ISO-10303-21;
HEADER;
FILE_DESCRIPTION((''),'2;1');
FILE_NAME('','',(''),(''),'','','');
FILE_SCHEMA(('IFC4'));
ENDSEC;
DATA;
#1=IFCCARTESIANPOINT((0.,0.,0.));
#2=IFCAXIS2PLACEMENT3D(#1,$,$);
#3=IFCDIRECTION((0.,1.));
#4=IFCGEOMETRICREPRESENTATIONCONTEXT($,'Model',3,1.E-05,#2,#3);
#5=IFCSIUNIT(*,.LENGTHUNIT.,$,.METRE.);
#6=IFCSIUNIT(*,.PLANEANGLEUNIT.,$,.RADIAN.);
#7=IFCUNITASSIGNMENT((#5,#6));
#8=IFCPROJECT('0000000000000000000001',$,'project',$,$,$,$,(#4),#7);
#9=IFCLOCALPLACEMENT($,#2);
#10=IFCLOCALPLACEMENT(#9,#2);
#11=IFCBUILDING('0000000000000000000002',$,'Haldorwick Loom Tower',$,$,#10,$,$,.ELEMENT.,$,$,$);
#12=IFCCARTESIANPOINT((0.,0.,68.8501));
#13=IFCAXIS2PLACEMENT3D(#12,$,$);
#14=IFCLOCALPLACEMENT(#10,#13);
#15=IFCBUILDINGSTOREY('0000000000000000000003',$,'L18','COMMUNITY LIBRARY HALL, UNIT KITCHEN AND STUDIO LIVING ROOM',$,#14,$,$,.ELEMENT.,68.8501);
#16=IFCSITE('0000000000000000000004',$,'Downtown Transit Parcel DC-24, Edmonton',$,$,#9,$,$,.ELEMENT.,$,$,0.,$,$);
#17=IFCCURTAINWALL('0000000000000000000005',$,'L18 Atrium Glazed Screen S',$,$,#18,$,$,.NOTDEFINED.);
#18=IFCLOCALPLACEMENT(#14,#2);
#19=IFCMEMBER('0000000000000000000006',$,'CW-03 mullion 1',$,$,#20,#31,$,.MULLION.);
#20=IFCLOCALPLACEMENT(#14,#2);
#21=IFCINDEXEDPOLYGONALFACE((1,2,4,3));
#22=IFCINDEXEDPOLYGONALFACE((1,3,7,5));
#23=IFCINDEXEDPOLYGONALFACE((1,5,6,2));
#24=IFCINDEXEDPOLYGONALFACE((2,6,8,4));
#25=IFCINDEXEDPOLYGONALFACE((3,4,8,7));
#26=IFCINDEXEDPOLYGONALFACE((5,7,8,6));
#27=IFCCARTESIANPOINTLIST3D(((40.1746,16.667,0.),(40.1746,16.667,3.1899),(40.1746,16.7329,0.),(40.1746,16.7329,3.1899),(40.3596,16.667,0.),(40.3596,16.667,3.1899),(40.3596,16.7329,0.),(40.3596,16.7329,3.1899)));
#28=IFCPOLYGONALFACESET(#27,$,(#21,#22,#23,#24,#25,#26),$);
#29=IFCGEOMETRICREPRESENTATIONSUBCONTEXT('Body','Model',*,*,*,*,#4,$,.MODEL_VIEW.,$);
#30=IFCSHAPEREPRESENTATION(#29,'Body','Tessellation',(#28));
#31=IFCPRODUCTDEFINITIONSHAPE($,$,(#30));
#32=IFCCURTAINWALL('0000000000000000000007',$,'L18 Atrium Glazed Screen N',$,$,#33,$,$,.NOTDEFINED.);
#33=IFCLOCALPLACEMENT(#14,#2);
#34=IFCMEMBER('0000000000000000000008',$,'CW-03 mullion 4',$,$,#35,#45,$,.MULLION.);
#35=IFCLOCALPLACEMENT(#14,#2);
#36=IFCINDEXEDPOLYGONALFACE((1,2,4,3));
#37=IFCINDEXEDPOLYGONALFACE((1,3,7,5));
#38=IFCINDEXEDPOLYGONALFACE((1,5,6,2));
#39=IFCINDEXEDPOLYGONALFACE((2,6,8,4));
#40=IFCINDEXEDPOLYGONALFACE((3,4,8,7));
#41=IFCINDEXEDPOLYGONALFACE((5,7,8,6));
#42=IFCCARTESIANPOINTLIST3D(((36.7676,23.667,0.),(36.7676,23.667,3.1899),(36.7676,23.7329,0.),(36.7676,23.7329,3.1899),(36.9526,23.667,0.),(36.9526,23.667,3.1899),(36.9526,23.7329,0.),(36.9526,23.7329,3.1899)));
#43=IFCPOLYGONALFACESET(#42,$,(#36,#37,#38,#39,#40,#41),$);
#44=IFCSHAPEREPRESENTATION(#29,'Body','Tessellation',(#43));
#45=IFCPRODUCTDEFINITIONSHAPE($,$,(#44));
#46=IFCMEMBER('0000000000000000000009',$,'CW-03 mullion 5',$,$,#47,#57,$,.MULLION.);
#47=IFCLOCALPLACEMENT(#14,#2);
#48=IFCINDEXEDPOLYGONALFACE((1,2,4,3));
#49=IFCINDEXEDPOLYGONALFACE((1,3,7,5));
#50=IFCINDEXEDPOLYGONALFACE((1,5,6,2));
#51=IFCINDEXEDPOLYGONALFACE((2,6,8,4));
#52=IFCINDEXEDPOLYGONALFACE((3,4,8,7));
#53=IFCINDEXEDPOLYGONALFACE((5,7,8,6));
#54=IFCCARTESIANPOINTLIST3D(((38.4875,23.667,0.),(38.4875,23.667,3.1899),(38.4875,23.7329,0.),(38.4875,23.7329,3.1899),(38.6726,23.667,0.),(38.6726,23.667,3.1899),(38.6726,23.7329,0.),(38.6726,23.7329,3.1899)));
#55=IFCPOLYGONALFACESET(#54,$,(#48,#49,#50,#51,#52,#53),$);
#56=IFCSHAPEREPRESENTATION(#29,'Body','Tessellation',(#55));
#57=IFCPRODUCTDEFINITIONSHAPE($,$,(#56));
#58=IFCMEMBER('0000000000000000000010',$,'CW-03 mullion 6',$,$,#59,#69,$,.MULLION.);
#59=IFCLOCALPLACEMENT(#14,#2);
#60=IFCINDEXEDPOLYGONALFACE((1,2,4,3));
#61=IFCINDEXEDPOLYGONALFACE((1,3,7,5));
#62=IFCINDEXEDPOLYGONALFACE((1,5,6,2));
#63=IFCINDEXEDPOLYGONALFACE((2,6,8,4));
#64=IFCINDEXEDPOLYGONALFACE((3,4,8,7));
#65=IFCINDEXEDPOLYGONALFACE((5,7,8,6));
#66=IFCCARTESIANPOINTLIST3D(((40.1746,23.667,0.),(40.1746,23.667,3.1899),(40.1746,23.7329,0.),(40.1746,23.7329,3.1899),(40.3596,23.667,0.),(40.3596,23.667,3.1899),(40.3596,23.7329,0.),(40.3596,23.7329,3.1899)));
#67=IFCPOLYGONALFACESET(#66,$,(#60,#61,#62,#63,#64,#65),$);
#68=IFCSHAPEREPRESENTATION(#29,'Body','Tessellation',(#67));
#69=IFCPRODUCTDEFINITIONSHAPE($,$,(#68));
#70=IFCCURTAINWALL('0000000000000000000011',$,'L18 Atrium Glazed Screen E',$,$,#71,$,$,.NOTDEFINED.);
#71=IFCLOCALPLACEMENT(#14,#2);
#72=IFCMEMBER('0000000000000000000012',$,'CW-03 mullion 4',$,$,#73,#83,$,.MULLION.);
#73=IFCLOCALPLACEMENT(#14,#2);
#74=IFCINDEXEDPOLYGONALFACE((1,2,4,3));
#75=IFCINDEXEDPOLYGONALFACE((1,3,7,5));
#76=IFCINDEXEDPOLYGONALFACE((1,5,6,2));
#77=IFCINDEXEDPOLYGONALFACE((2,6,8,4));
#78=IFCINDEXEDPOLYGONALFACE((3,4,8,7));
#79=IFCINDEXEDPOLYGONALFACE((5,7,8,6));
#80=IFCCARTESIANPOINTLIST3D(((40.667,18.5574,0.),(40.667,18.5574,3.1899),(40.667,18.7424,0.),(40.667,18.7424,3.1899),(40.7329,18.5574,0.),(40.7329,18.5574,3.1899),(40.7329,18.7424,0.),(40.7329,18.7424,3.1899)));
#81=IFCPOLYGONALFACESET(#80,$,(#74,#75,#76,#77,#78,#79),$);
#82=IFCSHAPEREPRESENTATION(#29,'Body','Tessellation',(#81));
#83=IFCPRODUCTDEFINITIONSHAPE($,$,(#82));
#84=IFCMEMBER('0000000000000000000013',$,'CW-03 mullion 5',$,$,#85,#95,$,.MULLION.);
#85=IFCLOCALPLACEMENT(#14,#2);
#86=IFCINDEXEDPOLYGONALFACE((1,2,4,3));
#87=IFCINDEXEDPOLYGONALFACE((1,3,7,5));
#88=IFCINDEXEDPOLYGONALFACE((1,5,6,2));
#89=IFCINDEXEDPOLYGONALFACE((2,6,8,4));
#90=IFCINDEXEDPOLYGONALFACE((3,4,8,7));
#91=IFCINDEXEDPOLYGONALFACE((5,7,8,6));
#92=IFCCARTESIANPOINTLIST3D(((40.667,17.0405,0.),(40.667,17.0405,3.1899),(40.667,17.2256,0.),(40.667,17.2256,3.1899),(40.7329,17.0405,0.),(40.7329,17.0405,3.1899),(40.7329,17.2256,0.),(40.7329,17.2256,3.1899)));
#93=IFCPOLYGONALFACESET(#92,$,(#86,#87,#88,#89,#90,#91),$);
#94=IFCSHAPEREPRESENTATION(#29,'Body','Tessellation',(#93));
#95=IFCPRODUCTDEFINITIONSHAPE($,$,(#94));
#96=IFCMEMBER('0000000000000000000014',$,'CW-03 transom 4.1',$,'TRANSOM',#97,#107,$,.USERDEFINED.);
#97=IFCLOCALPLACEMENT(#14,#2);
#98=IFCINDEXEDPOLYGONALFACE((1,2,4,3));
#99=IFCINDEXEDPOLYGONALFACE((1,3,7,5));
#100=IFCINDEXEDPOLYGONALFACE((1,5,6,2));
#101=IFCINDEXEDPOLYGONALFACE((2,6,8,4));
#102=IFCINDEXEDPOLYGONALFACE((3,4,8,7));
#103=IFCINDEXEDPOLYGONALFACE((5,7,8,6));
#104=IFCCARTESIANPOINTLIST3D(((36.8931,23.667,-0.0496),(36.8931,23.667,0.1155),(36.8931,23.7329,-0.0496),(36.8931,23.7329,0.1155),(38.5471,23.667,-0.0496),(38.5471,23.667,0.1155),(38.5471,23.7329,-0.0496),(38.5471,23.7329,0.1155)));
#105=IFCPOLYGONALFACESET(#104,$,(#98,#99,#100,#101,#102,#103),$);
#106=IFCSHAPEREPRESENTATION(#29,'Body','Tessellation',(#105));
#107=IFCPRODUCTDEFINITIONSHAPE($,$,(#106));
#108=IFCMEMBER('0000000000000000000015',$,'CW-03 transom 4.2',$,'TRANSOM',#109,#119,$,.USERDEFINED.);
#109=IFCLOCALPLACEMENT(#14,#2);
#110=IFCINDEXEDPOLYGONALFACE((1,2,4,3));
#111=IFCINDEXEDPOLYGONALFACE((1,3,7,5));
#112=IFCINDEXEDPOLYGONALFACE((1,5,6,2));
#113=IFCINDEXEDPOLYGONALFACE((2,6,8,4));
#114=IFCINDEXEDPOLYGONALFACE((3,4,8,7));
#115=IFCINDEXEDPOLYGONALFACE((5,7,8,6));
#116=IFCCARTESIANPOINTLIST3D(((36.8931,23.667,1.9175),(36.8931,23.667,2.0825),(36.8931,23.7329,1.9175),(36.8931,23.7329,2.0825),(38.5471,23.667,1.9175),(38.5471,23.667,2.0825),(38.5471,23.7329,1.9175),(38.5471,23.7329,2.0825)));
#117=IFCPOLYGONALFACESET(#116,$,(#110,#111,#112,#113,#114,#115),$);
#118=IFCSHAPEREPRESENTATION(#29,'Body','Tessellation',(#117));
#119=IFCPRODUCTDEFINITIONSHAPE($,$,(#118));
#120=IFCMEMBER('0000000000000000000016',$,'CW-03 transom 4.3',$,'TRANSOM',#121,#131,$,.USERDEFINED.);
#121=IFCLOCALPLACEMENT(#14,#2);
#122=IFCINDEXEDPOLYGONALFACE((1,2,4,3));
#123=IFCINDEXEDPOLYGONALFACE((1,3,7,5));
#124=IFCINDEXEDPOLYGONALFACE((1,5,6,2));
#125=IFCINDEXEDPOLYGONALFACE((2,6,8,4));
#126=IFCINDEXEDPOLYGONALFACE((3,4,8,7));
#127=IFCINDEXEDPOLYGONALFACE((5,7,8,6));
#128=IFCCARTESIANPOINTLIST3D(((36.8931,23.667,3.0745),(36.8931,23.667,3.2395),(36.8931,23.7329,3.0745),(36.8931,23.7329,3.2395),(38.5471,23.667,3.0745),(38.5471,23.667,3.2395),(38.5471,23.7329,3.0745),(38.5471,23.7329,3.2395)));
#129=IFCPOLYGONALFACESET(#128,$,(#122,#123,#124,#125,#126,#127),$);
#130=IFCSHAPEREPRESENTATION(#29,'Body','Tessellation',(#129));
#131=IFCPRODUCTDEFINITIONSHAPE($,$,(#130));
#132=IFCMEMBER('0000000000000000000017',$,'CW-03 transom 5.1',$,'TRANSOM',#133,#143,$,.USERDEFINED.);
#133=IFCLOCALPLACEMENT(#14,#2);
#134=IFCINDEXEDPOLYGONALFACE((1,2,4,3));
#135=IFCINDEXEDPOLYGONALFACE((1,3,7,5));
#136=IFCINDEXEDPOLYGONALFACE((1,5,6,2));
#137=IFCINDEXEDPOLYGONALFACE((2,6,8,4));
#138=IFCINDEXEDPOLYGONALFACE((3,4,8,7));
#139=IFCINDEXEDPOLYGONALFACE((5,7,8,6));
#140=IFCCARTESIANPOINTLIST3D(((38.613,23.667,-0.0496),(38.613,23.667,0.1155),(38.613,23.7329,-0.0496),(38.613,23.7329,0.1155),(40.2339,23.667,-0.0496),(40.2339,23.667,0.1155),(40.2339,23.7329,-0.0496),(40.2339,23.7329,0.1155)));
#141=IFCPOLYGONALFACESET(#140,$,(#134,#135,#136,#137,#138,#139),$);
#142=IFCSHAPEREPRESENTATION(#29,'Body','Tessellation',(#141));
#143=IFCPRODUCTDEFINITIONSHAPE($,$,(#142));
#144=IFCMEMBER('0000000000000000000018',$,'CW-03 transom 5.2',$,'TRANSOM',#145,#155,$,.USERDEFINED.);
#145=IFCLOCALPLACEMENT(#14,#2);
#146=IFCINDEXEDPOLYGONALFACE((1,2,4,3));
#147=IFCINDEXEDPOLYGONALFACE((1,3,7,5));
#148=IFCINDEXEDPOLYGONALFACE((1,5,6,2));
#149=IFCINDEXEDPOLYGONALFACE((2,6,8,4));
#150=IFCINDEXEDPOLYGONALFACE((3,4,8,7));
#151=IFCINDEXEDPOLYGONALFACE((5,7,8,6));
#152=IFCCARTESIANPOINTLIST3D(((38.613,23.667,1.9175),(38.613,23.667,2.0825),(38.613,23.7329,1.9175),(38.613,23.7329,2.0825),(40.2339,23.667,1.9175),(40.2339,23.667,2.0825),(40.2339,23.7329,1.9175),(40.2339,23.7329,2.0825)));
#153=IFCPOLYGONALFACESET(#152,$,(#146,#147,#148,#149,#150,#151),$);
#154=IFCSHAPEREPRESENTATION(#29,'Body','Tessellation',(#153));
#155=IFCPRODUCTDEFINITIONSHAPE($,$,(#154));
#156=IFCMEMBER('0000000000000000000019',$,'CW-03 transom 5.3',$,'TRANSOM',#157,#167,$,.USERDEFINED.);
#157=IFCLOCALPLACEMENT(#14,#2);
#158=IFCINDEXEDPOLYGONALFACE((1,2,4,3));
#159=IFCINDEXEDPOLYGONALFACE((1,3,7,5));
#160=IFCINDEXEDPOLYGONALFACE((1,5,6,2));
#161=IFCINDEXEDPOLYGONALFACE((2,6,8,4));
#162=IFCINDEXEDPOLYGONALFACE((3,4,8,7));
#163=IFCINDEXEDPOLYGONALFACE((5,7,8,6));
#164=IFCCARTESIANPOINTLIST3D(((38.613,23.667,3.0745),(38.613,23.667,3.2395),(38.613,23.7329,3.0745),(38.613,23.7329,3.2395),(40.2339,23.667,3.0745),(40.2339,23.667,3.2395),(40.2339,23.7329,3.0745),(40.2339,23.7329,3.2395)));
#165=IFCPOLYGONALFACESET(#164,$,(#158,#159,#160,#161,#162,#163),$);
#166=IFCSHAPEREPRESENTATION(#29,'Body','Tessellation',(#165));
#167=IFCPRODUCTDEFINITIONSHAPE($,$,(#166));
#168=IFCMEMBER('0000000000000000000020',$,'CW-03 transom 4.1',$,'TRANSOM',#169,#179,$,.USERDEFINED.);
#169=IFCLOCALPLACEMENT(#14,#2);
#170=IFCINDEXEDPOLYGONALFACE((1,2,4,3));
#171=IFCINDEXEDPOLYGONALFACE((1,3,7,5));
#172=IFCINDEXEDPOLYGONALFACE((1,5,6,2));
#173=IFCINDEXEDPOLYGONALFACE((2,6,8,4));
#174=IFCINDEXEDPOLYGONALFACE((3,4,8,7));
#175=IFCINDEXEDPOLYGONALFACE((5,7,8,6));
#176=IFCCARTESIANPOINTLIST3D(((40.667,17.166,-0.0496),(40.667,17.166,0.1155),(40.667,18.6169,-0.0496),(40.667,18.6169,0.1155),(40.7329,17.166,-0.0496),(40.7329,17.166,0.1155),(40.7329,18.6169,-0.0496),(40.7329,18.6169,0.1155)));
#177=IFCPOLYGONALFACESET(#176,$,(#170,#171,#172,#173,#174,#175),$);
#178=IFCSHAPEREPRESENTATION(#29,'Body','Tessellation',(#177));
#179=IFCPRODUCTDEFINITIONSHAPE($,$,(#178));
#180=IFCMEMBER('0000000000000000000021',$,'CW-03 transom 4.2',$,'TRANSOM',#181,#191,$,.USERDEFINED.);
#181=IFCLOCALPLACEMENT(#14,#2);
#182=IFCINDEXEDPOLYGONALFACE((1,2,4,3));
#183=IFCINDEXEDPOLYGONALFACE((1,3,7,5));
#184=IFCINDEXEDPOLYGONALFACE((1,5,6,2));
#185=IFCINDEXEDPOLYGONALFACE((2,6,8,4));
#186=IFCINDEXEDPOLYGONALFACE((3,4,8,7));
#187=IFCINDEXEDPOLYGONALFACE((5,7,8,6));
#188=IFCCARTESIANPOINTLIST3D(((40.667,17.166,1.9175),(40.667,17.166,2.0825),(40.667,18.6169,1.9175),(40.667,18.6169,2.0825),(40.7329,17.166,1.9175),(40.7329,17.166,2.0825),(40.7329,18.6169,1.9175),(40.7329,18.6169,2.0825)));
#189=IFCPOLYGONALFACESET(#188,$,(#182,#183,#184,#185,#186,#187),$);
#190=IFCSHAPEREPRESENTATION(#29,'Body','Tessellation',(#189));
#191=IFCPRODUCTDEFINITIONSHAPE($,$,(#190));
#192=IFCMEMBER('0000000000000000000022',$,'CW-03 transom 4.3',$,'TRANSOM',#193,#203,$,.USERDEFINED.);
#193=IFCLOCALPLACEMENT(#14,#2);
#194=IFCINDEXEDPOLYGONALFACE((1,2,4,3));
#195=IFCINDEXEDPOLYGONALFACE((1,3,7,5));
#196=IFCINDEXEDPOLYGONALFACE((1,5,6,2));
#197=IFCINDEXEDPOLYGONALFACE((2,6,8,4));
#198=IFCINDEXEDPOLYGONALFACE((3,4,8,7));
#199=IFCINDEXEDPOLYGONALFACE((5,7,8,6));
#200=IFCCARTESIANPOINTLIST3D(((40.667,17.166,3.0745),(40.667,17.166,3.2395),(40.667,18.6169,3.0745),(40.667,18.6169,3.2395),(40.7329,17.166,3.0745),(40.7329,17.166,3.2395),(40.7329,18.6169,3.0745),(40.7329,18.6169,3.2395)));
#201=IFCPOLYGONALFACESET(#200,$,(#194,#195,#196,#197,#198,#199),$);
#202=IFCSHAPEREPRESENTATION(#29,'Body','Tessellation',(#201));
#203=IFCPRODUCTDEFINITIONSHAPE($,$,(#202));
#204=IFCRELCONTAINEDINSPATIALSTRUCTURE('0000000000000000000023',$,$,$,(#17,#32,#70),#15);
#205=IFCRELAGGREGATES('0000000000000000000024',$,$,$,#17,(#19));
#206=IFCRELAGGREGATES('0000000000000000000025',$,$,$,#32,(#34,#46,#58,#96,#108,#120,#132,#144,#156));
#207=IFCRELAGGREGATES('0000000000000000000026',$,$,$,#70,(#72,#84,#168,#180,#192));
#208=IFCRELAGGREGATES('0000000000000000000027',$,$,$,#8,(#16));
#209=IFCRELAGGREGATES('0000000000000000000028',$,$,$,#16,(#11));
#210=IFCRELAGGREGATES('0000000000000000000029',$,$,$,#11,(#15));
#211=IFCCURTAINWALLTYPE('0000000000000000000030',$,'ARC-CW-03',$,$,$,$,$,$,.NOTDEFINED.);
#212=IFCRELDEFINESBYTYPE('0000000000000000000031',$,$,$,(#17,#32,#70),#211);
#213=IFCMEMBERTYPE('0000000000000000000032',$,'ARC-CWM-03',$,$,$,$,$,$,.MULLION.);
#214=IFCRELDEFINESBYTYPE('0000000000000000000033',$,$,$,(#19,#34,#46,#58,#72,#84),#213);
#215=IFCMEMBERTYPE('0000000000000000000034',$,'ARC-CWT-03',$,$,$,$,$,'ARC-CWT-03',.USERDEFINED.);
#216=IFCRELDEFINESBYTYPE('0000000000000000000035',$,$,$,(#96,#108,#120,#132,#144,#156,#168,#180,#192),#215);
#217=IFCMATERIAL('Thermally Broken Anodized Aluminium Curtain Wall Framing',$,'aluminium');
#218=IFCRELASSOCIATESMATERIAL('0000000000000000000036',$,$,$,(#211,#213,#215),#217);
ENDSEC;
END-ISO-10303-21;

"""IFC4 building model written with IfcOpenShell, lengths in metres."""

from ifc_helpers import new_model, si_unit, direction, frame, origin, origin_2d, place, context, subcontext, project, spatial, rectangle, extrude, material, material_profile, profile_set, type_object, element, aggregate, save


model = new_model("IFC4")

# Units and contexts
model_context = context("Model", 3, precision=1e-05, world=origin(), true_north=direction((0.0, 1.0)))
body_context = subcontext(model_context, "Body", "Model", "MODEL_VIEW")
ifc_project = project(units=[si_unit("LENGTHUNIT", "METRE"), si_unit("PLANEANGLEUNIT", "RADIAN")], contexts=[model_context])

# Site, building, storey
site_placement = place(None, origin())
site = spatial("IfcSite", under=ifc_project, at=site_placement, Name="Downtown Transit Parcel DC-24, Edmonton", CompositionType="ELEMENT", RefElevation=0.0)
building_placement = place(site_placement, origin())
building = spatial("IfcBuilding", under=site, at=building_placement, Name="Haldorwick Loom Tower", CompositionType="ELEMENT")
storey_placement = place(building_placement, frame((0.0, 0.0, 68.8501)))
storey = spatial("IfcBuildingStorey", under=building, at=storey_placement, Name="L18", Description="COMMUNITY LIBRARY HALL, UNIT KITCHEN AND STUDIO LIVING ROOM", CompositionType="ELEMENT", Elevation=68.8501)

# Curtain wall, member
ifc_material_1 = material(Name="Thermally Broken Anodized Aluminium Curtain Wall Framing", Category="aluminium")
curtain_wall_type = type_object("IfcCurtainWallType", Name="ARC-CW-03", PredefinedType="NOTDEFINED", material=ifc_material_1)
curtain_wall_1_placement = place(storey_placement, origin())
curtain_wall_1 = element("IfcCurtainWall", 1, at=curtain_wall_1_placement, inside=storey, type_object=curtain_wall_type, Name="L18 Atrium Glazed Screen S", PredefinedType="NOTDEFINED")
ifc_material_profile_1 = material_profile(ifc_material_1, rectangle(XDim=0.0659, YDim=0.1851, at=origin_2d()), Name="ALU_MUL_66X185", Category="aluminium")
ifc_profile_set_1 = profile_set([ifc_material_profile_1], Name="Thermally Broken Anodized Aluminium Curtain Wall Framing")
member_type_1 = type_object("IfcMemberType", Name="ARC-CWM-03", PredefinedType="MULLION", material=ifc_profile_set_1)
member_1_placement = place(storey_placement, frame((40.2671, 16.7, 0.0), z_axis=(0.0, 0.0, 1.0), x_axis=(0.0, -1.0, 0.0)))
member_1 = element("IfcMember", 2, at=member_1_placement, type_object=member_type_1, Name="CW-03 mullion 1", PredefinedType="MULLION", context=body_context, shape_type="SweptSolid", body=[
    extrude(rectangle(XDim=0.0659, YDim=0.1851, at=origin_2d()), origin(), (0.0, 0.0, 1.0), 3.1899),
])
aggregate(curtain_wall_1, [member_1])

# Curtain walls, members
curtain_wall_2_placement = place(storey_placement, origin())
curtain_wall_2 = element("IfcCurtainWall", 3, at=curtain_wall_2_placement, inside=storey, type_object=curtain_wall_type, Name="L18 Atrium Glazed Screen N", PredefinedType="NOTDEFINED")
member_2_placement = place(storey_placement, frame((36.8601, 23.7, 0.0), z_axis=(0.0, 0.0, 1.0), x_axis=(0.0, 1.0, 0.0)))
member_2 = element("IfcMember", 4, at=member_2_placement, type_object=member_type_1, Name="CW-03 mullion 4", PredefinedType="MULLION", context=body_context, shape_type="SweptSolid", body=[
    extrude(rectangle(XDim=0.0659, YDim=0.1851, at=origin_2d()), origin(), (0.0, 0.0, 1.0), 3.1899),
])
member_3_placement = place(storey_placement, frame((38.5801, 23.7, 0.0), z_axis=(0.0, 0.0, 1.0), x_axis=(0.0, 1.0, 0.0)))
member_3 = element("IfcMember", 5, at=member_3_placement, type_object=member_type_1, Name="CW-03 mullion 5", PredefinedType="MULLION", context=body_context, shape_type="SweptSolid", body=[
    extrude(rectangle(XDim=0.0659, YDim=0.1851, at=origin_2d()), origin(), (0.0, 0.0, 1.0), 3.1899),
])
member_4_placement = place(storey_placement, frame((40.2671, 23.7, 0.0), z_axis=(0.0, 0.0, 1.0), x_axis=(0.0, 1.0, 0.0)))
member_4 = element("IfcMember", 6, at=member_4_placement, type_object=member_type_1, Name="CW-03 mullion 6", PredefinedType="MULLION", context=body_context, shape_type="SweptSolid", body=[
    extrude(rectangle(XDim=0.0659, YDim=0.1851, at=origin_2d()), origin(), (0.0, 0.0, 1.0), 3.1899),
])
curtain_wall_3_placement = place(storey_placement, origin())
curtain_wall_3 = element("IfcCurtainWall", 7, at=curtain_wall_3_placement, inside=storey, type_object=curtain_wall_type, Name="L18 Atrium Glazed Screen E", PredefinedType="NOTDEFINED")
member_5_placement = place(storey_placement, frame((40.7, 18.6499, 0.0), z_axis=(0.0, 0.0, 1.0), x_axis=(1.0, 0.0, 0.0)))
member_5 = element("IfcMember", 8, at=member_5_placement, type_object=member_type_1, Name="CW-03 mullion 4", PredefinedType="MULLION", context=body_context, shape_type="SweptSolid", body=[
    extrude(rectangle(XDim=0.0659, YDim=0.1851, at=origin_2d()), origin(), (0.0, 0.0, 1.0), 3.1899),
])
member_6_placement = place(storey_placement, frame((40.7, 17.1331, 0.0), z_axis=(0.0, 0.0, 1.0), x_axis=(1.0, 0.0, 0.0)))
member_6 = element("IfcMember", 9, at=member_6_placement, type_object=member_type_1, Name="CW-03 mullion 5", PredefinedType="MULLION", context=body_context, shape_type="SweptSolid", body=[
    extrude(rectangle(XDim=0.0659, YDim=0.1851, at=origin_2d()), origin(), (0.0, 0.0, 1.0), 3.1899),
])

# Members
ifc_material_profile_2 = material_profile(ifc_material_1, rectangle(XDim=0.0659, YDim=0.165, at=origin_2d()), Name="ALU_TRN_66X165", Category="aluminium")
ifc_profile_set_2 = profile_set([ifc_material_profile_2], Name="Thermally Broken Anodized Aluminium Curtain Wall Framing")
member_type_2 = type_object("IfcMemberType", Name="ARC-CWT-03", ElementType="ARC-CWT-03", PredefinedType="USERDEFINED", material=ifc_profile_set_2)
member_7_placement = place(storey_placement, frame((36.8931, 23.7, 0.033), z_axis=(1.0, 0.0, 0.0), x_axis=(0.0, 1.0, 0.0)))
member_7 = element("IfcMember", 10, at=member_7_placement, type_object=member_type_2, Name="CW-03 transom 4.1", ObjectType="TRANSOM", PredefinedType="USERDEFINED", context=body_context, shape_type="SweptSolid", body=[
    extrude(rectangle(XDim=0.0659, YDim=0.165, at=origin_2d()), origin(), (0.0, 0.0, 1.0), 1.6541),
])
member_8_placement = place(storey_placement, frame((36.8931, 23.7, 2.0), z_axis=(1.0, 0.0, 0.0), x_axis=(0.0, 1.0, 0.0)))
member_8 = element("IfcMember", 11, at=member_8_placement, type_object=member_type_2, Name="CW-03 transom 4.2", ObjectType="TRANSOM", PredefinedType="USERDEFINED", context=body_context, shape_type="SweptSolid", body=[
    extrude(rectangle(XDim=0.0659, YDim=0.165, at=origin_2d()), origin(), (0.0, 0.0, 1.0), 1.6541),
])
member_9_placement = place(storey_placement, frame((36.8931, 23.7, 3.157), z_axis=(1.0, 0.0, 0.0), x_axis=(0.0, 1.0, 0.0)))
member_9 = element("IfcMember", 12, at=member_9_placement, type_object=member_type_2, Name="CW-03 transom 4.3", ObjectType="TRANSOM", PredefinedType="USERDEFINED", context=body_context, shape_type="SweptSolid", body=[
    extrude(rectangle(XDim=0.0659, YDim=0.165, at=origin_2d()), origin(), (0.0, 0.0, 1.0), 1.6541),
])
member_10_placement = place(storey_placement, frame((38.613, 23.7, 0.033), z_axis=(1.0, 0.0, 0.0), x_axis=(0.0, 1.0, 0.0)))
member_10 = element("IfcMember", 13, at=member_10_placement, type_object=member_type_2, Name="CW-03 transom 5.1", ObjectType="TRANSOM", PredefinedType="USERDEFINED", context=body_context, shape_type="SweptSolid", body=[
    extrude(rectangle(XDim=0.0659, YDim=0.165, at=origin_2d()), origin(), (0.0, 0.0, 1.0), 1.6208),
])
member_11_placement = place(storey_placement, frame((38.613, 23.7, 2.0), z_axis=(1.0, 0.0, 0.0), x_axis=(0.0, 1.0, 0.0)))
member_11 = element("IfcMember", 14, at=member_11_placement, type_object=member_type_2, Name="CW-03 transom 5.2", ObjectType="TRANSOM", PredefinedType="USERDEFINED", context=body_context, shape_type="SweptSolid", body=[
    extrude(rectangle(XDim=0.0659, YDim=0.165, at=origin_2d()), origin(), (0.0, 0.0, 1.0), 1.6208),
])
member_12_placement = place(storey_placement, frame((38.613, 23.7, 3.157), z_axis=(1.0, 0.0, 0.0), x_axis=(0.0, 1.0, 0.0)))
member_12 = element("IfcMember", 15, at=member_12_placement, type_object=member_type_2, Name="CW-03 transom 5.3", ObjectType="TRANSOM", PredefinedType="USERDEFINED", context=body_context, shape_type="SweptSolid", body=[
    extrude(rectangle(XDim=0.0659, YDim=0.165, at=origin_2d()), origin(), (0.0, 0.0, 1.0), 1.6208),
])
member_13_placement = place(storey_placement, frame((40.7, 18.6169, 0.033), z_axis=(0.0, -1.0, 0.0), x_axis=(1.0, 0.0, 0.0)))
member_13 = element("IfcMember", 16, at=member_13_placement, type_object=member_type_2, Name="CW-03 transom 4.1", ObjectType="TRANSOM", PredefinedType="USERDEFINED", context=body_context, shape_type="SweptSolid", body=[
    extrude(rectangle(XDim=0.0659, YDim=0.165, at=origin_2d()), origin(), (0.0, 0.0, 1.0), 1.4509),
])
member_14_placement = place(storey_placement, frame((40.7, 18.6169, 2.0), z_axis=(0.0, -1.0, 0.0), x_axis=(1.0, 0.0, 0.0)))
member_14 = element("IfcMember", 17, at=member_14_placement, type_object=member_type_2, Name="CW-03 transom 4.2", ObjectType="TRANSOM", PredefinedType="USERDEFINED", context=body_context, shape_type="SweptSolid", body=[
    extrude(rectangle(XDim=0.0659, YDim=0.165, at=origin_2d()), origin(), (0.0, 0.0, 1.0), 1.4509),
])
member_15_placement = place(storey_placement, frame((40.7, 18.6169, 3.157), z_axis=(0.0, -1.0, 0.0), x_axis=(1.0, 0.0, 0.0)))
member_15 = element("IfcMember", 18, at=member_15_placement, type_object=member_type_2, Name="CW-03 transom 4.3", ObjectType="TRANSOM", PredefinedType="USERDEFINED", context=body_context, shape_type="SweptSolid", body=[
    extrude(rectangle(XDim=0.0659, YDim=0.165, at=origin_2d()), origin(), (0.0, 0.0, 1.0), 1.4509),
])

aggregate(curtain_wall_2, [member_2, member_3, member_4, member_7, member_8, member_9, member_10, member_11, member_12])
aggregate(curtain_wall_3, [member_5, member_6, member_13, member_14, member_15])

save(model, "model.ifc")
